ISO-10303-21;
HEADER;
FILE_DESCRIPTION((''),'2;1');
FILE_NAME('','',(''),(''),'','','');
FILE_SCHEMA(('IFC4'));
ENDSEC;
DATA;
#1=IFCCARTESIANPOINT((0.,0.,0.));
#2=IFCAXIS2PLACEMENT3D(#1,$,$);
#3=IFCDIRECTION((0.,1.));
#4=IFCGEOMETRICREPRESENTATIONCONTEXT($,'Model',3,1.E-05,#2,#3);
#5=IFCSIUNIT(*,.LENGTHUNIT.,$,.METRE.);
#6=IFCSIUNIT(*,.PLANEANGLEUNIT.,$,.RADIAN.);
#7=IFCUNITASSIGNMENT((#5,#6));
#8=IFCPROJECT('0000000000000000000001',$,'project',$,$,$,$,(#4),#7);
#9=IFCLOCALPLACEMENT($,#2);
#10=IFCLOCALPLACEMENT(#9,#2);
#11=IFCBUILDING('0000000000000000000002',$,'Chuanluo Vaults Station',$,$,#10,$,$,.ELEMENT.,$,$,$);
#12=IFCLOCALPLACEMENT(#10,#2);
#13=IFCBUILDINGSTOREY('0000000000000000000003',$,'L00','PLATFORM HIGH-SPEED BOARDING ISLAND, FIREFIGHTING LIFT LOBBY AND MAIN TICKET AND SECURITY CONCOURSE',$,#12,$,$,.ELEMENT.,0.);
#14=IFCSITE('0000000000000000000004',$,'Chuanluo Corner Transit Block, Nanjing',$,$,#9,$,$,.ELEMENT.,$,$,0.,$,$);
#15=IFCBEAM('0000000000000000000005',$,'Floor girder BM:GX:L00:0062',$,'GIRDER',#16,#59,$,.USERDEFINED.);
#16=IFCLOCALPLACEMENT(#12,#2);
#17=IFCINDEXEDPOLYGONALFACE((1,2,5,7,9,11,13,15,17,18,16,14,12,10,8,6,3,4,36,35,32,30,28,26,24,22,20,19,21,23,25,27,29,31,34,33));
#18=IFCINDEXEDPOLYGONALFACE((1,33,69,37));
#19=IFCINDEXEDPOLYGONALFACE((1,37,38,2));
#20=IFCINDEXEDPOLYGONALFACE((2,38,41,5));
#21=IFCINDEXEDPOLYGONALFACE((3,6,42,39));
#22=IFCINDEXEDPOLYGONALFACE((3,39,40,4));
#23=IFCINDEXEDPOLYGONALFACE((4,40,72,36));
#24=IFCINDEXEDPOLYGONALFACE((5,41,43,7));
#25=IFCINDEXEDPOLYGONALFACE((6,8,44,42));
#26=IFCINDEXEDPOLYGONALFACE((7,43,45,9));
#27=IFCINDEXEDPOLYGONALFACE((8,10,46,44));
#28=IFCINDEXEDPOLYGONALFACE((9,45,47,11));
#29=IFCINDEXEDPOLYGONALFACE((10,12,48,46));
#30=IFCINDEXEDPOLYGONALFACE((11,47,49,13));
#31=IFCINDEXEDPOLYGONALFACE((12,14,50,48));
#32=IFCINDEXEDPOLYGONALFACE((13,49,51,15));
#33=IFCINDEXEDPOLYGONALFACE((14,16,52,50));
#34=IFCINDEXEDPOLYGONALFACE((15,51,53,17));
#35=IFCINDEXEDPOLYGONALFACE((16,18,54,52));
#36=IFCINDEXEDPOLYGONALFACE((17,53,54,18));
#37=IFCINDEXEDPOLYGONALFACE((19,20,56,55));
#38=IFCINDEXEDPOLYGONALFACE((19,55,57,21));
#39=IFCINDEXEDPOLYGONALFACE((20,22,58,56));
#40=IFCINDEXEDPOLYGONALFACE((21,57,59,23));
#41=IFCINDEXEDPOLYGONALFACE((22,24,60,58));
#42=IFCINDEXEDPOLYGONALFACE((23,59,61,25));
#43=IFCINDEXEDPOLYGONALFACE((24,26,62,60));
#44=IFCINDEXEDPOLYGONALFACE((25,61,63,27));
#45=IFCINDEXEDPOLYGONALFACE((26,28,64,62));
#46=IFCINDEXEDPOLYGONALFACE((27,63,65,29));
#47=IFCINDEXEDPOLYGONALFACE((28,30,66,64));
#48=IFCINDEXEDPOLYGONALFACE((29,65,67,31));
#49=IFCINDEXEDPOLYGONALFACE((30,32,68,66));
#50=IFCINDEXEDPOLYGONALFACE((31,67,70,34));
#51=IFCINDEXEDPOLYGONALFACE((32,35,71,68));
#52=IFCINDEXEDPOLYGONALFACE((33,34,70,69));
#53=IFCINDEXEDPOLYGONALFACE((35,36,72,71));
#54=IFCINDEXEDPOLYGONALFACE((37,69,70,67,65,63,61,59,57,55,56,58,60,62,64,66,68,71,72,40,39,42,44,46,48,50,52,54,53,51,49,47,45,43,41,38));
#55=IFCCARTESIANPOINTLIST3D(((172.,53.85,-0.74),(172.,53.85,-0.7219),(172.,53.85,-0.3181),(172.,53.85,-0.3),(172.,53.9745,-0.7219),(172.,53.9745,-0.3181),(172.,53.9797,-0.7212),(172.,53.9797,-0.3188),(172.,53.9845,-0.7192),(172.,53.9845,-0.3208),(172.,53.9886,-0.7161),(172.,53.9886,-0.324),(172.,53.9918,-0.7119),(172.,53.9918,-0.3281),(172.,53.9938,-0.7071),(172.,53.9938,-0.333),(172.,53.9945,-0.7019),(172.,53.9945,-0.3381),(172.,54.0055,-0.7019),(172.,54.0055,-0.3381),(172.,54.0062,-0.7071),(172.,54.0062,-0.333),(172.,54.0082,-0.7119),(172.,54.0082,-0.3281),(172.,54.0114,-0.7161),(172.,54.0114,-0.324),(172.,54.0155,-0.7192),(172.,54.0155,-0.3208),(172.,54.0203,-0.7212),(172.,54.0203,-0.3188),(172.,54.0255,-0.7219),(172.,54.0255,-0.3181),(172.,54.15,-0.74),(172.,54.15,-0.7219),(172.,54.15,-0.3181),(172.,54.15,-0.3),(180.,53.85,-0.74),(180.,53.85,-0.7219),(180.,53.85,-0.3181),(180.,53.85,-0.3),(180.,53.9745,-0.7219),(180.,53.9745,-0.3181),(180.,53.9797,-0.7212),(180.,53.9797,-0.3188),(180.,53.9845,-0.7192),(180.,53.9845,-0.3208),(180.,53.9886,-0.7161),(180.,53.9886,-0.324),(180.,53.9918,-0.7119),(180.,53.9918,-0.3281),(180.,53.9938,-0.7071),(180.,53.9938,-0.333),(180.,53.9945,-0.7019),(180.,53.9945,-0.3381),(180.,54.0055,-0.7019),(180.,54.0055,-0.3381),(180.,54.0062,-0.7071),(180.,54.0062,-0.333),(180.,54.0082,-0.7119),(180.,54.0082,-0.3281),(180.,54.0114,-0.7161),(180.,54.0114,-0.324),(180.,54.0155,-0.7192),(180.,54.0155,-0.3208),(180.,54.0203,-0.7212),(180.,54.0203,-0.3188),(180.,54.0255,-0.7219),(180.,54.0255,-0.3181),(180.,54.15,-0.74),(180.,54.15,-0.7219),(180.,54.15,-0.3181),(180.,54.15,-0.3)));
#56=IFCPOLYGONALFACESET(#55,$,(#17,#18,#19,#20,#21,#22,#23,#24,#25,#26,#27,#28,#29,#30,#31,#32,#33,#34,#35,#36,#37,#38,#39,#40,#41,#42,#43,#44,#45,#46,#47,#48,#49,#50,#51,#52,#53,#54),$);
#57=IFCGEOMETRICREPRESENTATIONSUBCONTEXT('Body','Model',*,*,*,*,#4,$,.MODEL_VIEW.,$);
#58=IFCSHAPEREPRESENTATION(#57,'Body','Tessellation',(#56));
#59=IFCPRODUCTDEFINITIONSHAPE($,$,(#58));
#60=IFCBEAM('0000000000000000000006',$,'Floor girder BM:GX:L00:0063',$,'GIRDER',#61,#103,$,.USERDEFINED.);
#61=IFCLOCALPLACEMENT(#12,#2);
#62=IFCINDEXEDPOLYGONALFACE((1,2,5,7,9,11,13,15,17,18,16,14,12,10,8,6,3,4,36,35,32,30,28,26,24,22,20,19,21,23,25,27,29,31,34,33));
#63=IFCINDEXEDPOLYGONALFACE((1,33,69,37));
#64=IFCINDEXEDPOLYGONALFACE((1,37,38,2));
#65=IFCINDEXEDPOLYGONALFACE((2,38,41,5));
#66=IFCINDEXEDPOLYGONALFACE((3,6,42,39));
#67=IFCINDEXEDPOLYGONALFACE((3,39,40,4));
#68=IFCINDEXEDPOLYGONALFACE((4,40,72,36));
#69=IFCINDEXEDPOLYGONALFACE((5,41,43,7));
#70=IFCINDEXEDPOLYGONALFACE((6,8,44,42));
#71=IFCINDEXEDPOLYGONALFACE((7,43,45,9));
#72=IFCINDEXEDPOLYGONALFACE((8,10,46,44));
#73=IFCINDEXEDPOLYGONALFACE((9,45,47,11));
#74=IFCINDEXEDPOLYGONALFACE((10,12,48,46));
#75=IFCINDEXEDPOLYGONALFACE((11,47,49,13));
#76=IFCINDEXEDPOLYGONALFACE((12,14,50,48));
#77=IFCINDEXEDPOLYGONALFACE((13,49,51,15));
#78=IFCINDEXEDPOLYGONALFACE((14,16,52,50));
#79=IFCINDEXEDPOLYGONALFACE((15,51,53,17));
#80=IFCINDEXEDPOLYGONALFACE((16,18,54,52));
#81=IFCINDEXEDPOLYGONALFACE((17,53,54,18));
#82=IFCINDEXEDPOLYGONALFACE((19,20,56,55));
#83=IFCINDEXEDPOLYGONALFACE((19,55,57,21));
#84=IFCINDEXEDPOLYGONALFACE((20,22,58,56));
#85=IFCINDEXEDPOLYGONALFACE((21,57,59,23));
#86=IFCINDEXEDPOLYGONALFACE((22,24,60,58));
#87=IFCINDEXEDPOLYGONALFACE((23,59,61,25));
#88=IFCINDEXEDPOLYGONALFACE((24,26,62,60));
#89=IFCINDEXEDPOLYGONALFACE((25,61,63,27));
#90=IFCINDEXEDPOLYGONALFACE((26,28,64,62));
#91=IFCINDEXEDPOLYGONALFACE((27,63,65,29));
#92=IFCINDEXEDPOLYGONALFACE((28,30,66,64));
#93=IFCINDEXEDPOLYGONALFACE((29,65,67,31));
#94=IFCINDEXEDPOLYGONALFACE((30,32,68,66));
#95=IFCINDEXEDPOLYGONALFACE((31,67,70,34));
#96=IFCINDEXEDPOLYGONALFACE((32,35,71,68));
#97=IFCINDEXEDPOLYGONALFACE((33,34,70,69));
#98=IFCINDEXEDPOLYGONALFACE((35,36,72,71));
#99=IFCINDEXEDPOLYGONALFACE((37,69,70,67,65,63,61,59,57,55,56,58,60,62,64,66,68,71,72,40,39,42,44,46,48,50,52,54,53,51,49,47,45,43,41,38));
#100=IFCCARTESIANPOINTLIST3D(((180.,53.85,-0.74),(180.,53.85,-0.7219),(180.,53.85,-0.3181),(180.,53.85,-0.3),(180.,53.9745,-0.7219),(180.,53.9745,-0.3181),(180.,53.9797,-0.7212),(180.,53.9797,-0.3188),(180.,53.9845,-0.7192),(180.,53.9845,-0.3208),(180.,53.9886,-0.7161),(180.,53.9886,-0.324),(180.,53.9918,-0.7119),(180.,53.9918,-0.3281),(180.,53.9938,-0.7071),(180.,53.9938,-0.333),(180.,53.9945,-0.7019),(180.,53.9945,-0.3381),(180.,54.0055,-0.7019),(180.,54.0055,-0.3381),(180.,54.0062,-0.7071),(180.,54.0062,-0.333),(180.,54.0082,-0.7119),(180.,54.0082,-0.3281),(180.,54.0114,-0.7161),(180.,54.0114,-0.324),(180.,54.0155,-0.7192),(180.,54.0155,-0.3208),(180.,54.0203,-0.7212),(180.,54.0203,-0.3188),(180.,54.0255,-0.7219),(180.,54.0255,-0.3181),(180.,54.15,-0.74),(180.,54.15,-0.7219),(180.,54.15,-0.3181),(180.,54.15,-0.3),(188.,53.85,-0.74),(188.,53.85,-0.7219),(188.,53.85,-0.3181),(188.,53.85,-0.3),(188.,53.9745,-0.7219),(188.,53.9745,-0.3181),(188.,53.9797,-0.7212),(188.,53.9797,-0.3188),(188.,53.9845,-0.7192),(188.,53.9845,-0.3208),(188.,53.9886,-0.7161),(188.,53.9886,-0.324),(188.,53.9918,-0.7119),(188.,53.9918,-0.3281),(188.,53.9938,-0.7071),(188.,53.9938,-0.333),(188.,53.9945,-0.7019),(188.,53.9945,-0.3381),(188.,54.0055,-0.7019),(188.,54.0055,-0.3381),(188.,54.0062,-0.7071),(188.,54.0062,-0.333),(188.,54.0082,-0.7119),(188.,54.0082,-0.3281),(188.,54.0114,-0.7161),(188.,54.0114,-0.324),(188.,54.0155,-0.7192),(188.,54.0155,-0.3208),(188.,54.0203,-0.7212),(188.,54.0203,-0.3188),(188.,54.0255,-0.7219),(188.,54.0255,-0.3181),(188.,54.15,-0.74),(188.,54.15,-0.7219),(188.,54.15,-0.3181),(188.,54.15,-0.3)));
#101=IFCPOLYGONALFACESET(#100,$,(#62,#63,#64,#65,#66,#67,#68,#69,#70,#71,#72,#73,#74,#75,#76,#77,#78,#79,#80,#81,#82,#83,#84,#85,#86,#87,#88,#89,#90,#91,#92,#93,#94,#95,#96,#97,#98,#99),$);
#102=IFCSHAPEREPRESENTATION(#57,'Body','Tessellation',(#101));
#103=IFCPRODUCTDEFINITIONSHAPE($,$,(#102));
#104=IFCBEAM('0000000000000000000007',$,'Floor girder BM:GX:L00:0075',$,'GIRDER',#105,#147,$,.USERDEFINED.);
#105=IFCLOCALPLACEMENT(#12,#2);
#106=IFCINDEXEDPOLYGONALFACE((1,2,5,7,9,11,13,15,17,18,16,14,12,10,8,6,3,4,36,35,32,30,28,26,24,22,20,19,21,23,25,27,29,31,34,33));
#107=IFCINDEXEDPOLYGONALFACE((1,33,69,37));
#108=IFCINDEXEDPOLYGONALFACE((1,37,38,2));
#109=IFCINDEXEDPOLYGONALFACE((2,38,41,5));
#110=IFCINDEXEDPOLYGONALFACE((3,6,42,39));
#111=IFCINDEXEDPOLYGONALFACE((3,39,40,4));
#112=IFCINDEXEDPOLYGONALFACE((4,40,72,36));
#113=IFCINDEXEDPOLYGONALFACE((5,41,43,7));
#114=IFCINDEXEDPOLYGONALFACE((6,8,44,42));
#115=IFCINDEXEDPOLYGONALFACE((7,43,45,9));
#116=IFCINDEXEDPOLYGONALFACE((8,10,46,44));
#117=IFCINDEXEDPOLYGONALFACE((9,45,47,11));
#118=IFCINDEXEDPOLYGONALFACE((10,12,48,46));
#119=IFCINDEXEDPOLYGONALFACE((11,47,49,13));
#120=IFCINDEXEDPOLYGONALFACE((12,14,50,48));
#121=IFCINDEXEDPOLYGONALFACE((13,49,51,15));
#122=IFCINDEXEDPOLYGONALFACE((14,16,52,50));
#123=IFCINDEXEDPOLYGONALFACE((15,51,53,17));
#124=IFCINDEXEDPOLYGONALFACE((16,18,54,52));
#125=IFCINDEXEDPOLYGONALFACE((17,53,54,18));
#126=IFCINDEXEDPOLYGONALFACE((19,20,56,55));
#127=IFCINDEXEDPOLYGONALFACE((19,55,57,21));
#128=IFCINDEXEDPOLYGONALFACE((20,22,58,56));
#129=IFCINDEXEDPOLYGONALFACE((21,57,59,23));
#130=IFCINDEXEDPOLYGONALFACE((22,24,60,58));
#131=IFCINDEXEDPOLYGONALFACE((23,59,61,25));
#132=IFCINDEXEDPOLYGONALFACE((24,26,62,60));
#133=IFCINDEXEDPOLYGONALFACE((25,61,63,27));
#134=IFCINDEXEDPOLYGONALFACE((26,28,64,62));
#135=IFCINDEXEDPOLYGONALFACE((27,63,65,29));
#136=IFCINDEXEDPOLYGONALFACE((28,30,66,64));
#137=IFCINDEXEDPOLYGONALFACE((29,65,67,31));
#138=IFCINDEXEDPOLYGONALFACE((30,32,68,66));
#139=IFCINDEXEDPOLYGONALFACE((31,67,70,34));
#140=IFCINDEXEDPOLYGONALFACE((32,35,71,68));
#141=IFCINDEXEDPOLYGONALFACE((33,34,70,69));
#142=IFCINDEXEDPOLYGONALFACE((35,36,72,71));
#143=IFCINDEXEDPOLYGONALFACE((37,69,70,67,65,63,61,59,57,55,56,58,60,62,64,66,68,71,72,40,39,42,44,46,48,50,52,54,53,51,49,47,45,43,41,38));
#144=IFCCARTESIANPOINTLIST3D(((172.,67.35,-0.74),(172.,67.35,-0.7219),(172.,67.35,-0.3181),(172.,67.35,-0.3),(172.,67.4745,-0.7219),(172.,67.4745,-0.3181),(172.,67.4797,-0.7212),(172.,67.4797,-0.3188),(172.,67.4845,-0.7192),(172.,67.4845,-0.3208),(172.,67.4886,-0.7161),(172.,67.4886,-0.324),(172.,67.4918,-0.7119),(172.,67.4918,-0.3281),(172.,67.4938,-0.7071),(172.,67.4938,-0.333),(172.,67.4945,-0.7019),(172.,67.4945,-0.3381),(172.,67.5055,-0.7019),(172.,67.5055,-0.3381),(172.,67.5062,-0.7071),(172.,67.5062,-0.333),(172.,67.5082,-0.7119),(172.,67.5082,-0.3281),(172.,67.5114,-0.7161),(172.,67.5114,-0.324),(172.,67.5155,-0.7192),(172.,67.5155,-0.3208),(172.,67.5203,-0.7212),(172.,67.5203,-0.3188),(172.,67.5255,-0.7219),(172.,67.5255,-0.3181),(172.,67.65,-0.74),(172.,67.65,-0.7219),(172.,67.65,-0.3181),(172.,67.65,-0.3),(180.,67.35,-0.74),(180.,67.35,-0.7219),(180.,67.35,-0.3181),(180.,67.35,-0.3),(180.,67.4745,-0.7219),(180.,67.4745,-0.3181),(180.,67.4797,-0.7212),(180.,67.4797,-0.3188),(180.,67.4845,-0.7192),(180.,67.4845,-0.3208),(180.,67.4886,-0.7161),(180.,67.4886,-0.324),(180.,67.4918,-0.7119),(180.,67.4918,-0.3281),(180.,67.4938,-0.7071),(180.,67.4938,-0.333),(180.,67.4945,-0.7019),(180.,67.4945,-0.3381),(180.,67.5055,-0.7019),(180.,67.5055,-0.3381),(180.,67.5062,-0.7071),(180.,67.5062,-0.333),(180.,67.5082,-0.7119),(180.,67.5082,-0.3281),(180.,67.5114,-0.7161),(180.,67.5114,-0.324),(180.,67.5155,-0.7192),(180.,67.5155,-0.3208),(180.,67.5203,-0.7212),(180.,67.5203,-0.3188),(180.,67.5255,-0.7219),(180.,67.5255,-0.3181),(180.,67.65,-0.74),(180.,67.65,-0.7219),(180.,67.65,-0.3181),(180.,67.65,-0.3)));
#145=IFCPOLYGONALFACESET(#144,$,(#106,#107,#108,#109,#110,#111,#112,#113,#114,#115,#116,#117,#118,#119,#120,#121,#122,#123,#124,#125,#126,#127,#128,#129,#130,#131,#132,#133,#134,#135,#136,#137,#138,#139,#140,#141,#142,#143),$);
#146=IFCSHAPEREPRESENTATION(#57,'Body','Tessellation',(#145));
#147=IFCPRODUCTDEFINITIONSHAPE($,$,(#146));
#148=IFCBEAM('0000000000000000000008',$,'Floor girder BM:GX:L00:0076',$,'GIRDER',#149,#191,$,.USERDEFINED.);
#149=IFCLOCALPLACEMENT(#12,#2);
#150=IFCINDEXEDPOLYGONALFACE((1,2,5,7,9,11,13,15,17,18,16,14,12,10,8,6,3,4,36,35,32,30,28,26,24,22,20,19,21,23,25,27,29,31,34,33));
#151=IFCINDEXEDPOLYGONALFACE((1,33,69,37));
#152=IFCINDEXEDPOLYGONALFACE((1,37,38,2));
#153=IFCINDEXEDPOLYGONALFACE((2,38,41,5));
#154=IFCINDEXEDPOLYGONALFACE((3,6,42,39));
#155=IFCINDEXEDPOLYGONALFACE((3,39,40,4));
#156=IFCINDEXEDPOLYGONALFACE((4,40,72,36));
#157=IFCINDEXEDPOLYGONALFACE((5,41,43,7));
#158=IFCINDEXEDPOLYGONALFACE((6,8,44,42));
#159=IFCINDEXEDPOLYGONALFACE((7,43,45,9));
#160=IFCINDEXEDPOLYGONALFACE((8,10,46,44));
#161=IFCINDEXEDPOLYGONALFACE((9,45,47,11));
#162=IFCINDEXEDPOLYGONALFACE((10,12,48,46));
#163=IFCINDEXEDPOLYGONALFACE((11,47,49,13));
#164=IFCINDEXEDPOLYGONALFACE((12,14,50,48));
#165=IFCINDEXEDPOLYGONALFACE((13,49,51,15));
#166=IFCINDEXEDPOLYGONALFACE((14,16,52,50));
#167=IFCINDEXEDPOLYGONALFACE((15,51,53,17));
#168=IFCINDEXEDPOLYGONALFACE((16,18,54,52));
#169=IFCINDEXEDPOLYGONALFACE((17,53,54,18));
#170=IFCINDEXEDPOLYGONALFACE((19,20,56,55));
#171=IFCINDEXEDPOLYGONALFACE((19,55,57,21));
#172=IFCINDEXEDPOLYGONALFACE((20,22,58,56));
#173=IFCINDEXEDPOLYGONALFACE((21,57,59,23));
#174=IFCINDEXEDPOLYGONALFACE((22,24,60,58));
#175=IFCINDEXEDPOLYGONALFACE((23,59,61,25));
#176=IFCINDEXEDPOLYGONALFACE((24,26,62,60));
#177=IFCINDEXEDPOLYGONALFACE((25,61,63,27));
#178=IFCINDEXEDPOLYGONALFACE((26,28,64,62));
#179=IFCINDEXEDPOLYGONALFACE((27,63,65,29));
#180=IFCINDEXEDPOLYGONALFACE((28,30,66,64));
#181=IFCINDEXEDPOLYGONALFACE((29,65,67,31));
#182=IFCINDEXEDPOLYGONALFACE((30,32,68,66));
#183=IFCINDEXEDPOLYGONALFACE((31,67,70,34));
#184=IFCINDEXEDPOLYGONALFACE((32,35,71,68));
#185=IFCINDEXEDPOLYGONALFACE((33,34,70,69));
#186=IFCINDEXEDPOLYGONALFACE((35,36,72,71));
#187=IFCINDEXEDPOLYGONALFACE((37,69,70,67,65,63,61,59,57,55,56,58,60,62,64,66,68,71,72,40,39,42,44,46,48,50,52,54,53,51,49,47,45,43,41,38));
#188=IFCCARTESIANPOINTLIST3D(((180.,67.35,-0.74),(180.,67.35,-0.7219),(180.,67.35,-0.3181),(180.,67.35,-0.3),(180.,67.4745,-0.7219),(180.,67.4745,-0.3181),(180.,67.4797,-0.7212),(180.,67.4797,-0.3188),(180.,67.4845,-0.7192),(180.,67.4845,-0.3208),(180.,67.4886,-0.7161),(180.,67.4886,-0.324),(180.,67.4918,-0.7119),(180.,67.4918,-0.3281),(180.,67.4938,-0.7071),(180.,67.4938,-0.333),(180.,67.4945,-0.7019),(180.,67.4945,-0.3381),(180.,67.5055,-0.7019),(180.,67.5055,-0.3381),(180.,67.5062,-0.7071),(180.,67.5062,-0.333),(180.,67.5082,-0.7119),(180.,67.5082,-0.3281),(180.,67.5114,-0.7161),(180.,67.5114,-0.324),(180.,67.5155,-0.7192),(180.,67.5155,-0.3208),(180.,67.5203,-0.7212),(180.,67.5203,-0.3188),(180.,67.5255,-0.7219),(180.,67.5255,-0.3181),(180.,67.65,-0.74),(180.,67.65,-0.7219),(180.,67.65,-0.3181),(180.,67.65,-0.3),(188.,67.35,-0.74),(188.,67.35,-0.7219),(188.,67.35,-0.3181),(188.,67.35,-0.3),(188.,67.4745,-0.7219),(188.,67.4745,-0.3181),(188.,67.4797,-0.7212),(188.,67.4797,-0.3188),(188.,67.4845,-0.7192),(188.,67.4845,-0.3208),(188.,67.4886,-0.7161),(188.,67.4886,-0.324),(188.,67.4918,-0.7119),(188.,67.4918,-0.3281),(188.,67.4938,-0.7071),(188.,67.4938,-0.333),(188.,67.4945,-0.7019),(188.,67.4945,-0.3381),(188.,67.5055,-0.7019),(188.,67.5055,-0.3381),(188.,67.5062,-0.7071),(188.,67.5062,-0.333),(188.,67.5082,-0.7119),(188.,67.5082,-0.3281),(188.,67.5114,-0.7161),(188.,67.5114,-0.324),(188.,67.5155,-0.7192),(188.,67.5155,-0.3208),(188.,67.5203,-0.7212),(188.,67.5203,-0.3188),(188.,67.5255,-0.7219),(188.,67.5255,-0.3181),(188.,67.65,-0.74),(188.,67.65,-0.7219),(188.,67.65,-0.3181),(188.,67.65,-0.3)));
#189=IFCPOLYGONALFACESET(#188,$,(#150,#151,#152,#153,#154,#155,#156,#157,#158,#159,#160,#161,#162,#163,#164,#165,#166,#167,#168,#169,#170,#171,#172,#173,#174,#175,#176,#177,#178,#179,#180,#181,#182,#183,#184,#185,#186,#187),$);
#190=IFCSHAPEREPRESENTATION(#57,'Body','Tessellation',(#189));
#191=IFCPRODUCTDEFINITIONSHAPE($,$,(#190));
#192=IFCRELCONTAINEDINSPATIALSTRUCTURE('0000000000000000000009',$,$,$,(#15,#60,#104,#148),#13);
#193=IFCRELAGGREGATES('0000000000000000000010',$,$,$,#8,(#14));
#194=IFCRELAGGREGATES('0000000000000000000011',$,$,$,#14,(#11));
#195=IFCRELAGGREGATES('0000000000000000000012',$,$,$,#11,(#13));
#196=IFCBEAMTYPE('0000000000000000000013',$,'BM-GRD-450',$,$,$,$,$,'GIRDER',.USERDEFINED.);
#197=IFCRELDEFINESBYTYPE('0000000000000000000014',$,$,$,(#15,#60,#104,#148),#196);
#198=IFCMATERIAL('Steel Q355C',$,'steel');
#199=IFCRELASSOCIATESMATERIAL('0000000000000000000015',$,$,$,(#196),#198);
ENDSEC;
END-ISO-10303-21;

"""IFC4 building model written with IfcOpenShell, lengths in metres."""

from ifc_helpers import new_model, si_unit, direction, frame, origin, origin_2d, place, context, subcontext, project, spatial, i_section, extrude, material, material_profile, profile_set, type_object, element, save


model = new_model("IFC4")

# Units and contexts
model_context = context("Model", 3, precision=1e-05, world=origin(), true_north=direction((0.0, 1.0)))
body_context = subcontext(model_context, "Body", "Model", "MODEL_VIEW")
ifc_project = project(units=[si_unit("LENGTHUNIT", "METRE"), si_unit("PLANEANGLEUNIT", "RADIAN")], contexts=[model_context])

# Site, building, storey
site_placement = place(None, origin())
site = spatial("IfcSite", under=ifc_project, at=site_placement, Name="Chuanluo Corner Transit Block, Nanjing", CompositionType="ELEMENT", RefElevation=0.0)
building_placement = place(site_placement, origin())
building = spatial("IfcBuilding", under=site, at=building_placement, Name="Chuanluo Vaults Station", CompositionType="ELEMENT")
storey_placement = place(building_placement, origin())
storey = spatial("IfcBuildingStorey", under=building, at=storey_placement, Name="L00", Description="PLATFORM HIGH-SPEED BOARDING ISLAND, FIREFIGHTING LIFT LOBBY AND MAIN TICKET AND SECURITY CONCOURSE", CompositionType="ELEMENT", Elevation=0.0)

# Beams
ifc_material_1 = material(Name="Steel Q355C", Category="steel")
ifc_material_profile_1 = material_profile(ifc_material_1, i_section(OverallWidth=0.3, OverallDepth=0.4399, WebThickness=0.011, FlangeThickness=0.0181, FilletRadius=0.02, at=origin_2d()))
ifc_profile_set_1 = profile_set([ifc_material_profile_1], Name="Steel Q355C")
beam_type_1 = type_object("IfcBeamType", Name="BM-GRD-450", ElementType="GIRDER", PredefinedType="USERDEFINED", material=ifc_profile_set_1)
for number, where, z_axis, x_axis, name in (
    (1, (172.0, 54.0, -0.52), (1.0, 0.0, 0.0), (0.0, 1.0, 0.0), "Floor girder BM:GX:L00:0062"),
    (2, (180.0, 54.0, -0.52), (1.0, 0.0, 0.0), (0.0, 1.0, 0.0), "Floor girder BM:GX:L00:0063"),
    (3, (172.0, 67.5, -0.52), (1.0, 0.0, 0.0), (0.0, 1.0, 0.0), "Floor girder BM:GX:L00:0075"),
    (4, (180.0, 67.5, -0.52), (1.0, 0.0, 0.0), (0.0, 1.0, 0.0), "Floor girder BM:GX:L00:0076"),
):
    element("IfcBeam", number, at=place(storey_placement, frame(where, z_axis=z_axis, x_axis=x_axis)), inside=storey, type_object=beam_type_1, Name=name, ObjectType="GIRDER", PredefinedType="USERDEFINED", context=body_context, shape_type="SweptSolid", body=[
        extrude(i_section(OverallWidth=0.3, OverallDepth=0.4399, WebThickness=0.011, FlangeThickness=0.0181, FilletRadius=0.02, at=origin_2d()), origin(), (0.0, 0.0, 1.0), 8.0),
    ])

save(model, "model.ifc")
